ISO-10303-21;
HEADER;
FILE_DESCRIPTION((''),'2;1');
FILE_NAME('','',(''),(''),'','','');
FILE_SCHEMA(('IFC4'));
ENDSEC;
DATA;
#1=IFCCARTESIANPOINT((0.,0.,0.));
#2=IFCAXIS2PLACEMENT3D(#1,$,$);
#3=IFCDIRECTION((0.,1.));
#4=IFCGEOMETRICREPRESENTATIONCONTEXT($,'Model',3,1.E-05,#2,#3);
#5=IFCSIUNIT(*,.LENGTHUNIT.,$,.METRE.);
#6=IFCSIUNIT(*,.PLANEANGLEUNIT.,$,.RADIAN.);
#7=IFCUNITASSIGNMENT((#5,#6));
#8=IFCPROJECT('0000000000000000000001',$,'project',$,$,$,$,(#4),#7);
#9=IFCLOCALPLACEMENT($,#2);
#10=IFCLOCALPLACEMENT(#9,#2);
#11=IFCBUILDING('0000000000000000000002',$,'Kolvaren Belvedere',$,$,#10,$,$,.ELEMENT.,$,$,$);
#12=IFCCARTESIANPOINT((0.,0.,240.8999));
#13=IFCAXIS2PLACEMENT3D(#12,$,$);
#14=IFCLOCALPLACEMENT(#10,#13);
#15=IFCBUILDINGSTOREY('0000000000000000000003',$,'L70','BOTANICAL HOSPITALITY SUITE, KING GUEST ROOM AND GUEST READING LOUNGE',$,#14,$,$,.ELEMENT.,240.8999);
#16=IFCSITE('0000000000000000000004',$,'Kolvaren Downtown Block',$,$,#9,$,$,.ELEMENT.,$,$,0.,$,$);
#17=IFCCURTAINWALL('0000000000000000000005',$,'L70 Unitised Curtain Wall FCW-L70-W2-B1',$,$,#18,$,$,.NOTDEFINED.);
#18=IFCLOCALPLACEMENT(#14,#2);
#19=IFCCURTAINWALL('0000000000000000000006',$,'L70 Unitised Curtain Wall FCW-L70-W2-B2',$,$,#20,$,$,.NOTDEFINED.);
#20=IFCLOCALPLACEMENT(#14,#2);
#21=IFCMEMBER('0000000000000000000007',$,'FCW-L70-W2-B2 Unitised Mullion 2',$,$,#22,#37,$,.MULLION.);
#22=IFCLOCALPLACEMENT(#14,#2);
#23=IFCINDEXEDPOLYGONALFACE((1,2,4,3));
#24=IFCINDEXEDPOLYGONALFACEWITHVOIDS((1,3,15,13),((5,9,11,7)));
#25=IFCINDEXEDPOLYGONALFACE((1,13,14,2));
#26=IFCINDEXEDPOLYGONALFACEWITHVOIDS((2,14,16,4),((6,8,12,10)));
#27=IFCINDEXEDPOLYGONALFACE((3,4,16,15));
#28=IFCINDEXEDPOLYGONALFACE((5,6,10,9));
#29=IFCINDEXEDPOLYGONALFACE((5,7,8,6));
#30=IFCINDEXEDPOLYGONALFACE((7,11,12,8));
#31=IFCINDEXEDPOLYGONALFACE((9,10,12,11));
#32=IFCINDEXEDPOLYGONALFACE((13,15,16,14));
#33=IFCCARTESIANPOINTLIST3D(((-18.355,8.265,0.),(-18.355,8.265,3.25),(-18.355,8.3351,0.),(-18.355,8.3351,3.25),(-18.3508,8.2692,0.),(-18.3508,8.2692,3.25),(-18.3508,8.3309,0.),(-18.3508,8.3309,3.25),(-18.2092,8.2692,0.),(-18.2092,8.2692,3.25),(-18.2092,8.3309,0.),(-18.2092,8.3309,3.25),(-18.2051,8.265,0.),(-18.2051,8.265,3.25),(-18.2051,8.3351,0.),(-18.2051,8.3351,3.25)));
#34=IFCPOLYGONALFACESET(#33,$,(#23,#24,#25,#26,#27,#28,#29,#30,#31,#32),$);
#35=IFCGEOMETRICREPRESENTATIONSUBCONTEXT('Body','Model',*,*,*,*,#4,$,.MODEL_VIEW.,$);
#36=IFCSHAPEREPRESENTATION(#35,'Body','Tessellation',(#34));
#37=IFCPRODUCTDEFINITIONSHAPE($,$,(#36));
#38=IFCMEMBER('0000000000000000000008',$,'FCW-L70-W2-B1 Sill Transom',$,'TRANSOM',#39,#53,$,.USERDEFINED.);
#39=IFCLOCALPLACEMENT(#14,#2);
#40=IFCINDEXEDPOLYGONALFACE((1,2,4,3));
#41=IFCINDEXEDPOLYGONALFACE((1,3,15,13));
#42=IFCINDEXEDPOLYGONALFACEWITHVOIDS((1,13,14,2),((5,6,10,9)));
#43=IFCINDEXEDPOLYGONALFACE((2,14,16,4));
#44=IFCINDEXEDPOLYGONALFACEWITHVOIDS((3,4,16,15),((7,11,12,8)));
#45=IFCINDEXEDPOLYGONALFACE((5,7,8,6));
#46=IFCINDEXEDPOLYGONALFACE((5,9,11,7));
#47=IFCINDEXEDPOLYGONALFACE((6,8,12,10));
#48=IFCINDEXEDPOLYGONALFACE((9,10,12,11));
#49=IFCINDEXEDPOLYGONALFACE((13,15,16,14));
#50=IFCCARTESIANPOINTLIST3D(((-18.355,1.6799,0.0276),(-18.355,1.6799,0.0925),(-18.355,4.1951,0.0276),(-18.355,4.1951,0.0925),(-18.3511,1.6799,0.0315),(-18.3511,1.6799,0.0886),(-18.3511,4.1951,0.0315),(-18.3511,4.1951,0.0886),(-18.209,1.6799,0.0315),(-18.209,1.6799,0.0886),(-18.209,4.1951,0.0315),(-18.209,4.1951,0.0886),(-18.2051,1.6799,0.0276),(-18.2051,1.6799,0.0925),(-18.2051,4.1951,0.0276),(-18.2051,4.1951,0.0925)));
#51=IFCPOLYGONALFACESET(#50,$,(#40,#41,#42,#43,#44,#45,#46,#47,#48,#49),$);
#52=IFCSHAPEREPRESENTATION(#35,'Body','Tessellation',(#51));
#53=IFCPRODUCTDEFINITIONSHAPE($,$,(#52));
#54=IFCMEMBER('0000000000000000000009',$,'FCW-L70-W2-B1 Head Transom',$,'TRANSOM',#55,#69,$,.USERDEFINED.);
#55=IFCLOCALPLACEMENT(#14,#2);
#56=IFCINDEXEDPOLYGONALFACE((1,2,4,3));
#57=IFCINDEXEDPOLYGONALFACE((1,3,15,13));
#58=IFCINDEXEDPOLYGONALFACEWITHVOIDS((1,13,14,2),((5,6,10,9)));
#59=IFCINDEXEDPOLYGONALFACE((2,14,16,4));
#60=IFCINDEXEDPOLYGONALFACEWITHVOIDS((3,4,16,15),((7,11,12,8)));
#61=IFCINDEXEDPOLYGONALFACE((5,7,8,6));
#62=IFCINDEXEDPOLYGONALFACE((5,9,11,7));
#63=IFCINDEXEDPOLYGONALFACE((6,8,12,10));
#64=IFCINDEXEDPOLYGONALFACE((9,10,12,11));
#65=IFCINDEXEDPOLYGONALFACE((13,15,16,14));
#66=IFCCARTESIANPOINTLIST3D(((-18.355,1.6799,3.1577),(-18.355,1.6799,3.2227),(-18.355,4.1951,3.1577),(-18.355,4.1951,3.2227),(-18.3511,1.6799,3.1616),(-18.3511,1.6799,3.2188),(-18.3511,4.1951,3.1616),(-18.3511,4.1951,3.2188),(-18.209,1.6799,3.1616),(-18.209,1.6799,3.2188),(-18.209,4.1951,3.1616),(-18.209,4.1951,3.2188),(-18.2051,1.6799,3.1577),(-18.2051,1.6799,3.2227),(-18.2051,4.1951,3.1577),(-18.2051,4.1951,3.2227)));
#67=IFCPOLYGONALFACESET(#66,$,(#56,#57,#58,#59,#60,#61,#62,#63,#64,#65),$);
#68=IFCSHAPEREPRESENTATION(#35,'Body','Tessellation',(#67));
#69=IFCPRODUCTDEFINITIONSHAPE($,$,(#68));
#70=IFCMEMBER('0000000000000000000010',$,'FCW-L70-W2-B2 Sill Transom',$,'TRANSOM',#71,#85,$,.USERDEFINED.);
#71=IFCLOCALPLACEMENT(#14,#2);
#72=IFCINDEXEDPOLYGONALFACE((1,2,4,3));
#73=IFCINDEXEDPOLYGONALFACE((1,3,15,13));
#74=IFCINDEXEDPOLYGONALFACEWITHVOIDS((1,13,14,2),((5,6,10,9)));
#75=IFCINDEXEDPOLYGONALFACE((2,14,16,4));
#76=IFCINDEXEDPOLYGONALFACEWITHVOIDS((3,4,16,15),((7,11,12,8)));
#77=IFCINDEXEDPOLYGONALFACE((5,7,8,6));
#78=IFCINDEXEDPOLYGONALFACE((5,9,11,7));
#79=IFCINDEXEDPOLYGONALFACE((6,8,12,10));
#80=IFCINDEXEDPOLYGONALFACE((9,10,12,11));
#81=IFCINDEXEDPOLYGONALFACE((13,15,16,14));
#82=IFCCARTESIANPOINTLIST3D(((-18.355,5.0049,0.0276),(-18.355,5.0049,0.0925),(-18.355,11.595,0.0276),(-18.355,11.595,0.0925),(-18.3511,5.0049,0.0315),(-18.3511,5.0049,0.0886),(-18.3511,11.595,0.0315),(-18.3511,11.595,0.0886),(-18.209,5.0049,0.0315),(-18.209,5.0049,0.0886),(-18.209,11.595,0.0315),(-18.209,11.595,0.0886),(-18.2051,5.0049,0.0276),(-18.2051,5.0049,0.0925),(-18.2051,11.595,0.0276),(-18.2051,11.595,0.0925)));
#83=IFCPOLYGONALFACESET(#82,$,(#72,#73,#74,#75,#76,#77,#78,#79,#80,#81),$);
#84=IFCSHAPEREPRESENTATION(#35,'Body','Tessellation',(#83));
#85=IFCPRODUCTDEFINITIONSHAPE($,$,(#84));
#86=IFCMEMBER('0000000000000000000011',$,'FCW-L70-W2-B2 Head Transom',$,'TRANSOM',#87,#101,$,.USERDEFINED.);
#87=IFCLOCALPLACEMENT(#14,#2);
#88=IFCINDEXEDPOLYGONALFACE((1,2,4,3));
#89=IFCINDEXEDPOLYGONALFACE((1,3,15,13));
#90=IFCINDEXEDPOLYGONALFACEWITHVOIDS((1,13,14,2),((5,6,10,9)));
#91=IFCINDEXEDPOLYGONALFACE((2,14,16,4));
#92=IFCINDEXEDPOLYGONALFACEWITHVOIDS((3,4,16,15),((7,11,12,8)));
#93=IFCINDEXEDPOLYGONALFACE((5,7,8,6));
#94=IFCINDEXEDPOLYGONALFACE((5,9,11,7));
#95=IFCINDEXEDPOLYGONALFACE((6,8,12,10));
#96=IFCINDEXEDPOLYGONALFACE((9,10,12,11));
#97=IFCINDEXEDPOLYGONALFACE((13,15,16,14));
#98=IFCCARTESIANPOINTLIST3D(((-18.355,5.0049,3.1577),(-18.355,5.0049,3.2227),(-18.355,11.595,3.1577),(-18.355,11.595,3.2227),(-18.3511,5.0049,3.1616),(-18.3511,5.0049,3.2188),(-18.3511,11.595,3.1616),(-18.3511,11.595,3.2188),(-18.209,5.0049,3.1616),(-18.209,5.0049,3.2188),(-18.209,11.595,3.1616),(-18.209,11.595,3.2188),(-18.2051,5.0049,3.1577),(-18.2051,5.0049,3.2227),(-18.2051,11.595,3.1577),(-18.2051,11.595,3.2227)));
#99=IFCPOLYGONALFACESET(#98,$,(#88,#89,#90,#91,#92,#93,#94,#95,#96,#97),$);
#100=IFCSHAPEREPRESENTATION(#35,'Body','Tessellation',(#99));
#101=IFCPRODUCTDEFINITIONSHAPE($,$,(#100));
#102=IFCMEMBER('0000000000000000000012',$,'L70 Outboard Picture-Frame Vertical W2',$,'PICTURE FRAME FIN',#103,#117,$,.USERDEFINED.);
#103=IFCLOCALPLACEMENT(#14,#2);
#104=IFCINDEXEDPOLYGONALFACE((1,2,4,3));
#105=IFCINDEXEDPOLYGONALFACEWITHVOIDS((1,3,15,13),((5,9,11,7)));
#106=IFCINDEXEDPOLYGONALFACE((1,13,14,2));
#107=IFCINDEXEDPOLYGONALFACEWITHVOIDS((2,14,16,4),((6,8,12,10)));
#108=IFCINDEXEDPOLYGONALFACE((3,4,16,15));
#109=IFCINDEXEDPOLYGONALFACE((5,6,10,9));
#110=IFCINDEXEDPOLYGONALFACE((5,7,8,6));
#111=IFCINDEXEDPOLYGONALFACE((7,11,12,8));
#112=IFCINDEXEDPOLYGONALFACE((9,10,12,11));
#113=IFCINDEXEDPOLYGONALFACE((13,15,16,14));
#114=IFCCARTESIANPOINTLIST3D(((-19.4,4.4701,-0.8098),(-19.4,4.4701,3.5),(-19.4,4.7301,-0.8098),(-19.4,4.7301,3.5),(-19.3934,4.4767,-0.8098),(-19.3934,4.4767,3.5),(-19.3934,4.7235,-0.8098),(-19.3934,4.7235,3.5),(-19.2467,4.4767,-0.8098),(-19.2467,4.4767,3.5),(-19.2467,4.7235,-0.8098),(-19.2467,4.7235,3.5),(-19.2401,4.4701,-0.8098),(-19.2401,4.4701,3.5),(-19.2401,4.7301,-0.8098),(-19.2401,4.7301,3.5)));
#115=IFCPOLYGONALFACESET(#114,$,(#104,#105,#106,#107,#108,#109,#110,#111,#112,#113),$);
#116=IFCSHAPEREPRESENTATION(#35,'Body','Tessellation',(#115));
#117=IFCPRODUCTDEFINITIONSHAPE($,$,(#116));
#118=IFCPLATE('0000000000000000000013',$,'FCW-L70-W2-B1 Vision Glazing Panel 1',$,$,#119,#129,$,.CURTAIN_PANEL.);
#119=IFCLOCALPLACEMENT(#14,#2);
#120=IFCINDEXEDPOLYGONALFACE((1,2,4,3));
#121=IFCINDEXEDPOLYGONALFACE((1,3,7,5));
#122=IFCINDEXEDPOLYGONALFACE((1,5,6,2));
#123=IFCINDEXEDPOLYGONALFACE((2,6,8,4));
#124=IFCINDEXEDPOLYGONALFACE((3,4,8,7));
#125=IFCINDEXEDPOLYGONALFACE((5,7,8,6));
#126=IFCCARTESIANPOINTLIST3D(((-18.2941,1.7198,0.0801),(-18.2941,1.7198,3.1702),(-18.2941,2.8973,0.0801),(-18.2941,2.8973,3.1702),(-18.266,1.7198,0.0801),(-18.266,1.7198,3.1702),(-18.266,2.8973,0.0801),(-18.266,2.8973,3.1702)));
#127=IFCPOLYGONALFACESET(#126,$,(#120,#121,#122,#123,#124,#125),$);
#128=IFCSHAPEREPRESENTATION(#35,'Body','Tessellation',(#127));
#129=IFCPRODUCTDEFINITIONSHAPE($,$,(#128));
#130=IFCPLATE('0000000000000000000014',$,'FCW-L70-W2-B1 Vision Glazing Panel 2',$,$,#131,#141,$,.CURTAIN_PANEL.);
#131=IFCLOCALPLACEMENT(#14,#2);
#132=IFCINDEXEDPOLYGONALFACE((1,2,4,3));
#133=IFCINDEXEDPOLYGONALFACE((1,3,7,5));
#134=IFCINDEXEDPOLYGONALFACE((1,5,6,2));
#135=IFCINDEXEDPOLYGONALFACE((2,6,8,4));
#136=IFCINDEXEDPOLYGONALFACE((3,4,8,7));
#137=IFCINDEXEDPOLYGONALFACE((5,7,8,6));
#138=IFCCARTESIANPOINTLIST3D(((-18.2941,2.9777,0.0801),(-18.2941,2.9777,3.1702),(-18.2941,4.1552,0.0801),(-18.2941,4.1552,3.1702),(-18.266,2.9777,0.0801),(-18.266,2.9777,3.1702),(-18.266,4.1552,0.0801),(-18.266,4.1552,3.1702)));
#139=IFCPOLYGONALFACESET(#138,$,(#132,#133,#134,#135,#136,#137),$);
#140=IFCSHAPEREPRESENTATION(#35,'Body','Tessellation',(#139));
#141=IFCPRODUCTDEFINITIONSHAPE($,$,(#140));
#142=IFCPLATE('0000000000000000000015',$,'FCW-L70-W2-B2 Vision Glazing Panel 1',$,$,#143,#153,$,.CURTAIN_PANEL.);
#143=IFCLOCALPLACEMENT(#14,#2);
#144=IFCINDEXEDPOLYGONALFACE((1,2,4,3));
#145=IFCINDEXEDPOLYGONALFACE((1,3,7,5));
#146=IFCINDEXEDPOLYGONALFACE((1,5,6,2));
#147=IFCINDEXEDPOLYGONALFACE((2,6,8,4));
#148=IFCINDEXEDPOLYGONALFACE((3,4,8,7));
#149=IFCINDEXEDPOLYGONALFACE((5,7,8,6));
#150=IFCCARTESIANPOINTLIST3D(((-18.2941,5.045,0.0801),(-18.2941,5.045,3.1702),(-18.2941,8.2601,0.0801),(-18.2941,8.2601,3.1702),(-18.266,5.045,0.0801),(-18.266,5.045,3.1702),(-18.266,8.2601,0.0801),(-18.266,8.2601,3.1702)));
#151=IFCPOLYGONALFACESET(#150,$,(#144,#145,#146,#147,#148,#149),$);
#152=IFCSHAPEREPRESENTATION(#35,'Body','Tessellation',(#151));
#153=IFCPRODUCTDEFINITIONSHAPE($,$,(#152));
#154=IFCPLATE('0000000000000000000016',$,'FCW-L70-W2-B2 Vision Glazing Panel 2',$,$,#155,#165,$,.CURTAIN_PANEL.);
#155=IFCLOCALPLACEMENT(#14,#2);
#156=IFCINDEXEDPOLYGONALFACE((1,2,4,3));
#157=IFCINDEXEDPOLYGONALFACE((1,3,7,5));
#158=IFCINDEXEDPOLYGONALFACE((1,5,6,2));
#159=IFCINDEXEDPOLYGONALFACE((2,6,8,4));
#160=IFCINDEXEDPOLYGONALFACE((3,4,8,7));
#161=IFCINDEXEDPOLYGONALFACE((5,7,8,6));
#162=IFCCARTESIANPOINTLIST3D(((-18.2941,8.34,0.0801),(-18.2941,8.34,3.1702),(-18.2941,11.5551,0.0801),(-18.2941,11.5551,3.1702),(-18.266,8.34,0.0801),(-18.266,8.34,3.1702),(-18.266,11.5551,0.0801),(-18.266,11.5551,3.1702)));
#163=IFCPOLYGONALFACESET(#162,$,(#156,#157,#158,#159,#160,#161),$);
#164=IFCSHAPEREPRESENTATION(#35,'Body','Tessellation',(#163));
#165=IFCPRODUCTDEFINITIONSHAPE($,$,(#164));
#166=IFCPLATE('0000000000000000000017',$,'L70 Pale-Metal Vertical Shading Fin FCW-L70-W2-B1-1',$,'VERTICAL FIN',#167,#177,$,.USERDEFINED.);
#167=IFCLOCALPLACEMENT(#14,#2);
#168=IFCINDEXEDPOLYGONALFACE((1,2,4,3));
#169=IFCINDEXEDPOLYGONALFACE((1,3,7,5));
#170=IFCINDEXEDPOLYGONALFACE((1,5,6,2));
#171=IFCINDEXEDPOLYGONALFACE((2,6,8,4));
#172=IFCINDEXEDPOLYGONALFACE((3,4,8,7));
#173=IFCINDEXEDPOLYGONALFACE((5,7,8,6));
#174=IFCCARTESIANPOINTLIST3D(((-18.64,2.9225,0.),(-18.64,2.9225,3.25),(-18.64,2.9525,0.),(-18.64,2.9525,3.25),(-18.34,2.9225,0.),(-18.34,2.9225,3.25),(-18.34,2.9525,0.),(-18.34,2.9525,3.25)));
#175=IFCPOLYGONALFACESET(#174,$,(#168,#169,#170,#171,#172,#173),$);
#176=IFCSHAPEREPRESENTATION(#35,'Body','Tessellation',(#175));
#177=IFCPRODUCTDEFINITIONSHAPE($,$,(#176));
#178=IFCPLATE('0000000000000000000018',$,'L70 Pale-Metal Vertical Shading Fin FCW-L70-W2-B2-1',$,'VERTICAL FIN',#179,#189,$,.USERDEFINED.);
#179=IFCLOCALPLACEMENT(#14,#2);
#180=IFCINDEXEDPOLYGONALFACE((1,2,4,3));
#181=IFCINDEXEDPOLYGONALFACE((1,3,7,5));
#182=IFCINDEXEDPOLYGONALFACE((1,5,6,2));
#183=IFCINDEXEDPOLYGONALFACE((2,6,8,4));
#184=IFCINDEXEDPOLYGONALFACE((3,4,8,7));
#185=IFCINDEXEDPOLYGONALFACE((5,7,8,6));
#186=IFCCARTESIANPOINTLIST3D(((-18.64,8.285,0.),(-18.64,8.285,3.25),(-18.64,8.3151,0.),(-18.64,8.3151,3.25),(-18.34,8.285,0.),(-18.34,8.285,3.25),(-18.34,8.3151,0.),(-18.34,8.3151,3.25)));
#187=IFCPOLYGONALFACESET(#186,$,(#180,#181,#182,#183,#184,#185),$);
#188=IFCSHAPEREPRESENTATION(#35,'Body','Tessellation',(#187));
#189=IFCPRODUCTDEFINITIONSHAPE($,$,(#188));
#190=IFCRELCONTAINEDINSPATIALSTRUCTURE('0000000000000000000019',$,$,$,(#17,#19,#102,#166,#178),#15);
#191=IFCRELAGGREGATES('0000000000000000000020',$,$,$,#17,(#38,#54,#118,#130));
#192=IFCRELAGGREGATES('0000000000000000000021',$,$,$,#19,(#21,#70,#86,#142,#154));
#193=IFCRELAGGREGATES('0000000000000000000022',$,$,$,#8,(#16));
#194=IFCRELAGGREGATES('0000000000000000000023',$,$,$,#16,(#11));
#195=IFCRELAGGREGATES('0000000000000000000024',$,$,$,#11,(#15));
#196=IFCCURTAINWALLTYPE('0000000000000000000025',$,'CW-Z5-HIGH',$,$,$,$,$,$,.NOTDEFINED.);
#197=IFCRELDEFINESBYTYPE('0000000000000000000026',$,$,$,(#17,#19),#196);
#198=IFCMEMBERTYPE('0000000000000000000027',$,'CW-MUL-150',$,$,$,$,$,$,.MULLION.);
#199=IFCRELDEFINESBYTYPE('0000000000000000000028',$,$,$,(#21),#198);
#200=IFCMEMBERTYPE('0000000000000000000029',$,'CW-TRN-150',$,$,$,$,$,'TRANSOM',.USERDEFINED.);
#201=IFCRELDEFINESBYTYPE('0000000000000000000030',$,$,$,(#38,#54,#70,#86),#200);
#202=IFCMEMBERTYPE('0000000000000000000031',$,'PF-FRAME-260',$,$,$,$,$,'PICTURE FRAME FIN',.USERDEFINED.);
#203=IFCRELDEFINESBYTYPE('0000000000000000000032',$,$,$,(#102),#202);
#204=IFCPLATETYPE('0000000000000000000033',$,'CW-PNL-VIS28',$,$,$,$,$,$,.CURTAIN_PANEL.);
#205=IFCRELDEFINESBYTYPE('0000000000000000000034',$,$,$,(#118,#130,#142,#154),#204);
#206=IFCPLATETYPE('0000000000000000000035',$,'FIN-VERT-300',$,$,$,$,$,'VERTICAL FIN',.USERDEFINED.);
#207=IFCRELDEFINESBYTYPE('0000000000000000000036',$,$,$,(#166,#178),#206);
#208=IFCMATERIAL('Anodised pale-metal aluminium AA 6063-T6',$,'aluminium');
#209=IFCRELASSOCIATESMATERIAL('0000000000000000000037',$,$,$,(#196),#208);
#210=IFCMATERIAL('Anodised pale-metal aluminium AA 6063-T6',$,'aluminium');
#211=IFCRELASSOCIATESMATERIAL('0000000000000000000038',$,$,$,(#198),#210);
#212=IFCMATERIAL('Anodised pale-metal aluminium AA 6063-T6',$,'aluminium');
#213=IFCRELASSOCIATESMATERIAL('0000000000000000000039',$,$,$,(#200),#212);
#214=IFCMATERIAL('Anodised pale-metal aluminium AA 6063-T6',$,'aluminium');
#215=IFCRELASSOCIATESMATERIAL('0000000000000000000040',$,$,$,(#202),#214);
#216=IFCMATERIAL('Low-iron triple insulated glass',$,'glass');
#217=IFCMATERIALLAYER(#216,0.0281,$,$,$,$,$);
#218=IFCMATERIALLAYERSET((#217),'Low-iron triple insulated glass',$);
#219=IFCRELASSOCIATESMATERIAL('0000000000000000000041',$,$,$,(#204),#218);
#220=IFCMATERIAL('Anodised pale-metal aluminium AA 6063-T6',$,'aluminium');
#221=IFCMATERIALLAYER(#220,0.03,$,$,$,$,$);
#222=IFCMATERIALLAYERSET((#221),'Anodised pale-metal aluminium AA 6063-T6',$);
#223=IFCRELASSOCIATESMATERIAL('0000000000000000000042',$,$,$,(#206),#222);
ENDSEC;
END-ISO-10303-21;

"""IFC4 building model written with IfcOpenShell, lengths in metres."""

from ifc_helpers import new_model, si_unit, direction, frame, origin, origin_2d, place, context, subcontext, project, spatial, rectangle, hollow_rectangle, extrude, material, layer, layer_set, material_profile, profile_set, type_object, element, aggregate, save


model = new_model("IFC4")

# Units and contexts
model_context = context("Model", 3, precision=1e-05, world=origin(), true_north=direction((0.0, 1.0)))
body_context = subcontext(model_context, "Body", "Model", "MODEL_VIEW")
ifc_project = project(units=[si_unit("LENGTHUNIT", "METRE"), si_unit("PLANEANGLEUNIT", "RADIAN")], contexts=[model_context])

# Site, building, storey
site_placement = place(None, origin())
site = spatial("IfcSite", under=ifc_project, at=site_placement, Name="Kolvaren Downtown Block", CompositionType="ELEMENT", RefElevation=0.0)
building_placement = place(site_placement, origin())
building = spatial("IfcBuilding", under=site, at=building_placement, Name="Kolvaren Belvedere", CompositionType="ELEMENT")
storey_placement = place(building_placement, frame((0.0, 0.0, 240.8999)))
storey = spatial("IfcBuildingStorey", under=building, at=storey_placement, Name="L70", Description="BOTANICAL HOSPITALITY SUITE, KING GUEST ROOM AND GUEST READING LOUNGE", CompositionType="ELEMENT", Elevation=240.8999)

# Curtain walls, member
ifc_material_1 = material(Name="Anodised pale-metal aluminium AA 6063-T6", Category="aluminium")
curtain_wall_type = type_object("IfcCurtainWallType", Name="CW-Z5-HIGH", PredefinedType="NOTDEFINED", material=ifc_material_1)
curtain_wall_1_placement = place(storey_placement, origin())
curtain_wall_1 = element("IfcCurtainWall", 1, at=curtain_wall_1_placement, inside=storey, type_object=curtain_wall_type, Name="L70 Unitised Curtain Wall FCW-L70-W2-B1", PredefinedType="NOTDEFINED")
ifc_material_2 = material(Name="Anodised pale-metal aluminium AA 6063-T6", Category="aluminium")
ifc_material_profile_1 = material_profile(ifc_material_2, hollow_rectangle(XDim=0.0701, YDim=0.1499, WallThickness=0.0042, at=origin_2d()), Name="ALU-MUL-150X70")
ifc_profile_set_1 = profile_set([ifc_material_profile_1], Name="Anodised pale-metal aluminium AA 6063-T6")
member_type_1 = type_object("IfcMemberType", Name="CW-MUL-150", PredefinedType="MULLION", material=ifc_profile_set_1)
curtain_wall_2_placement = place(storey_placement, origin())
curtain_wall_2 = element("IfcCurtainWall", 2, at=curtain_wall_2_placement, inside=storey, type_object=curtain_wall_type, Name="L70 Unitised Curtain Wall FCW-L70-W2-B2", PredefinedType="NOTDEFINED")
member_1_placement = place(storey_placement, frame((-18.28, 8.3, 0.0), z_axis=(0.0, 0.0, 1.0), x_axis=(0.0, 1.0, 0.0)))
member_1 = element("IfcMember", 3, at=member_1_placement, type_object=member_type_1, Name="FCW-L70-W2-B2 Unitised Mullion 2", PredefinedType="MULLION", context=body_context, shape_type="SweptSolid", body=[
    extrude(hollow_rectangle(XDim=0.0701, YDim=0.1499, WallThickness=0.0042, at=origin_2d()), origin(), (0.0, 0.0, 1.0), 3.25),
])

# Members
ifc_material_3 = material(Name="Anodised pale-metal aluminium AA 6063-T6", Category="aluminium")
ifc_material_profile_2 = material_profile(ifc_material_3, hollow_rectangle(XDim=0.0649, YDim=0.1499, WallThickness=0.0039, at=origin_2d()), Name="ALU-TRN-150X65")
ifc_profile_set_2 = profile_set([ifc_material_profile_2], Name="Anodised pale-metal aluminium AA 6063-T6")
member_type_2 = type_object("IfcMemberType", Name="CW-TRN-150", ElementType="TRANSOM", PredefinedType="USERDEFINED", material=ifc_profile_set_2)
member_2_placement = place(storey_placement, frame((-18.28, 1.6799, 0.0601), z_axis=(0.0, 1.0, 0.0), x_axis=(0.0, 0.0, 1.0)))
member_2 = element("IfcMember", 4, at=member_2_placement, type_object=member_type_2, Name="FCW-L70-W2-B1 Sill Transom", ObjectType="TRANSOM", PredefinedType="USERDEFINED", context=body_context, shape_type="SweptSolid", body=[
    extrude(hollow_rectangle(XDim=0.0649, YDim=0.1499, WallThickness=0.0039, at=origin_2d()), origin(), (0.0, 0.0, 1.0), 2.5151),
])
member_3_placement = place(storey_placement, frame((-18.28, 1.6799, 3.1902), z_axis=(0.0, 1.0, 0.0), x_axis=(0.0, 0.0, 1.0)))
member_3 = element("IfcMember", 5, at=member_3_placement, type_object=member_type_2, Name="FCW-L70-W2-B1 Head Transom", ObjectType="TRANSOM", PredefinedType="USERDEFINED", context=body_context, shape_type="SweptSolid", body=[
    extrude(hollow_rectangle(XDim=0.0649, YDim=0.1499, WallThickness=0.0039, at=origin_2d()), origin(), (0.0, 0.0, 1.0), 2.5151),
])
member_4_placement = place(storey_placement, frame((-18.28, 5.0049, 0.0601), z_axis=(0.0, 1.0, 0.0), x_axis=(0.0, 0.0, 1.0)))
member_4 = element("IfcMember", 6, at=member_4_placement, type_object=member_type_2, Name="FCW-L70-W2-B2 Sill Transom", ObjectType="TRANSOM", PredefinedType="USERDEFINED", context=body_context, shape_type="SweptSolid", body=[
    extrude(hollow_rectangle(XDim=0.0649, YDim=0.1499, WallThickness=0.0039, at=origin_2d()), origin(), (0.0, 0.0, 1.0), 6.5901),
])
member_5_placement = place(storey_placement, frame((-18.28, 5.0049, 3.1902), z_axis=(0.0, 1.0, 0.0), x_axis=(0.0, 0.0, 1.0)))
member_5 = element("IfcMember", 7, at=member_5_placement, type_object=member_type_2, Name="FCW-L70-W2-B2 Head Transom", ObjectType="TRANSOM", PredefinedType="USERDEFINED", context=body_context, shape_type="SweptSolid", body=[
    extrude(hollow_rectangle(XDim=0.0649, YDim=0.1499, WallThickness=0.0039, at=origin_2d()), origin(), (0.0, 0.0, 1.0), 6.5901),
])
ifc_material_4 = material(Name="Anodised pale-metal aluminium AA 6063-T6", Category="aluminium")
ifc_material_profile_3 = material_profile(ifc_material_4, hollow_rectangle(XDim=0.1599, YDim=0.26, WallThickness=0.0066, at=origin_2d()), Name="ALU-PF-260X160")
ifc_profile_set_3 = profile_set([ifc_material_profile_3], Name="Anodised pale-metal aluminium AA 6063-T6")
member_type_3 = type_object("IfcMemberType", Name="PF-FRAME-260", ElementType="PICTURE FRAME FIN", PredefinedType="USERDEFINED", material=ifc_profile_set_3)
member_6_placement = place(storey_placement, frame((-19.3201, 4.6001, -0.8098), z_axis=(0.0, 0.0, 1.0), x_axis=(1.0, 0.0, 0.0)))
element("IfcMember", 8, at=member_6_placement, inside=storey, type_object=member_type_3, Name="L70 Outboard Picture-Frame Vertical W2", ObjectType="PICTURE FRAME FIN", PredefinedType="USERDEFINED", context=body_context, shape_type="SweptSolid", body=[
    extrude(hollow_rectangle(XDim=0.1599, YDim=0.26, WallThickness=0.0066, at=origin_2d()), origin(), (0.0, 0.0, 1.0), 4.3098),
])

# Plates
ifc_material_5 = material(Name="Low-iron triple insulated glass", Category="glass")
ifc_layer_1 = layer(ifc_material_5, 0.0281)
ifc_layer_set_1 = layer_set([ifc_layer_1], Name="Low-iron triple insulated glass")
plate_type_1 = type_object("IfcPlateType", Name="CW-PNL-VIS28", PredefinedType="CURTAIN_PANEL", material=ifc_layer_set_1)
plate_1_placement = place(storey_placement, frame((-18.28, 2.3086, 0.0801), z_axis=(0.0, 0.0, 1.0), x_axis=(0.0, 1.0, 0.0)))
plate_1 = element("IfcPlate", 9, at=plate_1_placement, type_object=plate_type_1, Name="FCW-L70-W2-B1 Vision Glazing Panel 1", PredefinedType="CURTAIN_PANEL", context=body_context, shape_type="SweptSolid", body=[
    extrude(rectangle(XDim=1.1775, YDim=0.0281, at=origin_2d()), origin(), (0.0, 0.0, 1.0), 3.0901),
])
plate_2_placement = place(storey_placement, frame((-18.28, 3.5664, 0.0801), z_axis=(0.0, 0.0, 1.0), x_axis=(0.0, 1.0, 0.0)))
plate_2 = element("IfcPlate", 10, at=plate_2_placement, type_object=plate_type_1, Name="FCW-L70-W2-B1 Vision Glazing Panel 2", PredefinedType="CURTAIN_PANEL", context=body_context, shape_type="SweptSolid", body=[
    extrude(rectangle(XDim=1.1775, YDim=0.0281, at=origin_2d()), origin(), (0.0, 0.0, 1.0), 3.0901),
])
aggregate(curtain_wall_1, [member_2, member_3, plate_1, plate_2])
plate_3_placement = place(storey_placement, frame((-18.28, 6.6526, 0.0801), z_axis=(0.0, 0.0, 1.0), x_axis=(0.0, 1.0, 0.0)))
plate_3 = element("IfcPlate", 11, at=plate_3_placement, type_object=plate_type_1, Name="FCW-L70-W2-B2 Vision Glazing Panel 1", PredefinedType="CURTAIN_PANEL", context=body_context, shape_type="SweptSolid", body=[
    extrude(rectangle(XDim=3.2151, YDim=0.0281, at=origin_2d()), origin(), (0.0, 0.0, 1.0), 3.0901),
])
plate_4_placement = place(storey_placement, frame((-18.28, 9.9475, 0.0801), z_axis=(0.0, 0.0, 1.0), x_axis=(0.0, 1.0, 0.0)))
plate_4 = element("IfcPlate", 12, at=plate_4_placement, type_object=plate_type_1, Name="FCW-L70-W2-B2 Vision Glazing Panel 2", PredefinedType="CURTAIN_PANEL", context=body_context, shape_type="SweptSolid", body=[
    extrude(rectangle(XDim=3.2151, YDim=0.0281, at=origin_2d()), origin(), (0.0, 0.0, 1.0), 3.0901),
])
aggregate(curtain_wall_2, [member_1, member_4, member_5, plate_3, plate_4])

# Plates
ifc_material_6 = material(Name="Anodised pale-metal aluminium AA 6063-T6", Category="aluminium")
ifc_layer_2 = layer(ifc_material_6, 0.03)
ifc_layer_set_2 = layer_set([ifc_layer_2], Name="Anodised pale-metal aluminium AA 6063-T6")
plate_type_2 = type_object("IfcPlateType", Name="FIN-VERT-300", ElementType="VERTICAL FIN", PredefinedType="USERDEFINED", material=ifc_layer_set_2)
for number, where, z_axis, x_axis, name in (
    (13, (-18.49, 2.9375, 0.0), (0.0, 0.0, 1.0), (1.0, 0.0, 0.0), "L70 Pale-Metal Vertical Shading Fin FCW-L70-W2-B1-1"),
    (14, (-18.49, 8.3, 0.0), (0.0, 0.0, 1.0), (1.0, 0.0, 0.0), "L70 Pale-Metal Vertical Shading Fin FCW-L70-W2-B2-1"),
):
    element("IfcPlate", number, at=place(storey_placement, frame(where, z_axis=z_axis, x_axis=x_axis)), inside=storey, type_object=plate_type_2, Name=name, ObjectType="VERTICAL FIN", PredefinedType="USERDEFINED", context=body_context, shape_type="SweptSolid", body=[
        extrude(rectangle(XDim=0.3, YDim=0.03, at=origin_2d()), origin(), (0.0, 0.0, 1.0), 3.25),
    ])

save(model, "model.ifc")
